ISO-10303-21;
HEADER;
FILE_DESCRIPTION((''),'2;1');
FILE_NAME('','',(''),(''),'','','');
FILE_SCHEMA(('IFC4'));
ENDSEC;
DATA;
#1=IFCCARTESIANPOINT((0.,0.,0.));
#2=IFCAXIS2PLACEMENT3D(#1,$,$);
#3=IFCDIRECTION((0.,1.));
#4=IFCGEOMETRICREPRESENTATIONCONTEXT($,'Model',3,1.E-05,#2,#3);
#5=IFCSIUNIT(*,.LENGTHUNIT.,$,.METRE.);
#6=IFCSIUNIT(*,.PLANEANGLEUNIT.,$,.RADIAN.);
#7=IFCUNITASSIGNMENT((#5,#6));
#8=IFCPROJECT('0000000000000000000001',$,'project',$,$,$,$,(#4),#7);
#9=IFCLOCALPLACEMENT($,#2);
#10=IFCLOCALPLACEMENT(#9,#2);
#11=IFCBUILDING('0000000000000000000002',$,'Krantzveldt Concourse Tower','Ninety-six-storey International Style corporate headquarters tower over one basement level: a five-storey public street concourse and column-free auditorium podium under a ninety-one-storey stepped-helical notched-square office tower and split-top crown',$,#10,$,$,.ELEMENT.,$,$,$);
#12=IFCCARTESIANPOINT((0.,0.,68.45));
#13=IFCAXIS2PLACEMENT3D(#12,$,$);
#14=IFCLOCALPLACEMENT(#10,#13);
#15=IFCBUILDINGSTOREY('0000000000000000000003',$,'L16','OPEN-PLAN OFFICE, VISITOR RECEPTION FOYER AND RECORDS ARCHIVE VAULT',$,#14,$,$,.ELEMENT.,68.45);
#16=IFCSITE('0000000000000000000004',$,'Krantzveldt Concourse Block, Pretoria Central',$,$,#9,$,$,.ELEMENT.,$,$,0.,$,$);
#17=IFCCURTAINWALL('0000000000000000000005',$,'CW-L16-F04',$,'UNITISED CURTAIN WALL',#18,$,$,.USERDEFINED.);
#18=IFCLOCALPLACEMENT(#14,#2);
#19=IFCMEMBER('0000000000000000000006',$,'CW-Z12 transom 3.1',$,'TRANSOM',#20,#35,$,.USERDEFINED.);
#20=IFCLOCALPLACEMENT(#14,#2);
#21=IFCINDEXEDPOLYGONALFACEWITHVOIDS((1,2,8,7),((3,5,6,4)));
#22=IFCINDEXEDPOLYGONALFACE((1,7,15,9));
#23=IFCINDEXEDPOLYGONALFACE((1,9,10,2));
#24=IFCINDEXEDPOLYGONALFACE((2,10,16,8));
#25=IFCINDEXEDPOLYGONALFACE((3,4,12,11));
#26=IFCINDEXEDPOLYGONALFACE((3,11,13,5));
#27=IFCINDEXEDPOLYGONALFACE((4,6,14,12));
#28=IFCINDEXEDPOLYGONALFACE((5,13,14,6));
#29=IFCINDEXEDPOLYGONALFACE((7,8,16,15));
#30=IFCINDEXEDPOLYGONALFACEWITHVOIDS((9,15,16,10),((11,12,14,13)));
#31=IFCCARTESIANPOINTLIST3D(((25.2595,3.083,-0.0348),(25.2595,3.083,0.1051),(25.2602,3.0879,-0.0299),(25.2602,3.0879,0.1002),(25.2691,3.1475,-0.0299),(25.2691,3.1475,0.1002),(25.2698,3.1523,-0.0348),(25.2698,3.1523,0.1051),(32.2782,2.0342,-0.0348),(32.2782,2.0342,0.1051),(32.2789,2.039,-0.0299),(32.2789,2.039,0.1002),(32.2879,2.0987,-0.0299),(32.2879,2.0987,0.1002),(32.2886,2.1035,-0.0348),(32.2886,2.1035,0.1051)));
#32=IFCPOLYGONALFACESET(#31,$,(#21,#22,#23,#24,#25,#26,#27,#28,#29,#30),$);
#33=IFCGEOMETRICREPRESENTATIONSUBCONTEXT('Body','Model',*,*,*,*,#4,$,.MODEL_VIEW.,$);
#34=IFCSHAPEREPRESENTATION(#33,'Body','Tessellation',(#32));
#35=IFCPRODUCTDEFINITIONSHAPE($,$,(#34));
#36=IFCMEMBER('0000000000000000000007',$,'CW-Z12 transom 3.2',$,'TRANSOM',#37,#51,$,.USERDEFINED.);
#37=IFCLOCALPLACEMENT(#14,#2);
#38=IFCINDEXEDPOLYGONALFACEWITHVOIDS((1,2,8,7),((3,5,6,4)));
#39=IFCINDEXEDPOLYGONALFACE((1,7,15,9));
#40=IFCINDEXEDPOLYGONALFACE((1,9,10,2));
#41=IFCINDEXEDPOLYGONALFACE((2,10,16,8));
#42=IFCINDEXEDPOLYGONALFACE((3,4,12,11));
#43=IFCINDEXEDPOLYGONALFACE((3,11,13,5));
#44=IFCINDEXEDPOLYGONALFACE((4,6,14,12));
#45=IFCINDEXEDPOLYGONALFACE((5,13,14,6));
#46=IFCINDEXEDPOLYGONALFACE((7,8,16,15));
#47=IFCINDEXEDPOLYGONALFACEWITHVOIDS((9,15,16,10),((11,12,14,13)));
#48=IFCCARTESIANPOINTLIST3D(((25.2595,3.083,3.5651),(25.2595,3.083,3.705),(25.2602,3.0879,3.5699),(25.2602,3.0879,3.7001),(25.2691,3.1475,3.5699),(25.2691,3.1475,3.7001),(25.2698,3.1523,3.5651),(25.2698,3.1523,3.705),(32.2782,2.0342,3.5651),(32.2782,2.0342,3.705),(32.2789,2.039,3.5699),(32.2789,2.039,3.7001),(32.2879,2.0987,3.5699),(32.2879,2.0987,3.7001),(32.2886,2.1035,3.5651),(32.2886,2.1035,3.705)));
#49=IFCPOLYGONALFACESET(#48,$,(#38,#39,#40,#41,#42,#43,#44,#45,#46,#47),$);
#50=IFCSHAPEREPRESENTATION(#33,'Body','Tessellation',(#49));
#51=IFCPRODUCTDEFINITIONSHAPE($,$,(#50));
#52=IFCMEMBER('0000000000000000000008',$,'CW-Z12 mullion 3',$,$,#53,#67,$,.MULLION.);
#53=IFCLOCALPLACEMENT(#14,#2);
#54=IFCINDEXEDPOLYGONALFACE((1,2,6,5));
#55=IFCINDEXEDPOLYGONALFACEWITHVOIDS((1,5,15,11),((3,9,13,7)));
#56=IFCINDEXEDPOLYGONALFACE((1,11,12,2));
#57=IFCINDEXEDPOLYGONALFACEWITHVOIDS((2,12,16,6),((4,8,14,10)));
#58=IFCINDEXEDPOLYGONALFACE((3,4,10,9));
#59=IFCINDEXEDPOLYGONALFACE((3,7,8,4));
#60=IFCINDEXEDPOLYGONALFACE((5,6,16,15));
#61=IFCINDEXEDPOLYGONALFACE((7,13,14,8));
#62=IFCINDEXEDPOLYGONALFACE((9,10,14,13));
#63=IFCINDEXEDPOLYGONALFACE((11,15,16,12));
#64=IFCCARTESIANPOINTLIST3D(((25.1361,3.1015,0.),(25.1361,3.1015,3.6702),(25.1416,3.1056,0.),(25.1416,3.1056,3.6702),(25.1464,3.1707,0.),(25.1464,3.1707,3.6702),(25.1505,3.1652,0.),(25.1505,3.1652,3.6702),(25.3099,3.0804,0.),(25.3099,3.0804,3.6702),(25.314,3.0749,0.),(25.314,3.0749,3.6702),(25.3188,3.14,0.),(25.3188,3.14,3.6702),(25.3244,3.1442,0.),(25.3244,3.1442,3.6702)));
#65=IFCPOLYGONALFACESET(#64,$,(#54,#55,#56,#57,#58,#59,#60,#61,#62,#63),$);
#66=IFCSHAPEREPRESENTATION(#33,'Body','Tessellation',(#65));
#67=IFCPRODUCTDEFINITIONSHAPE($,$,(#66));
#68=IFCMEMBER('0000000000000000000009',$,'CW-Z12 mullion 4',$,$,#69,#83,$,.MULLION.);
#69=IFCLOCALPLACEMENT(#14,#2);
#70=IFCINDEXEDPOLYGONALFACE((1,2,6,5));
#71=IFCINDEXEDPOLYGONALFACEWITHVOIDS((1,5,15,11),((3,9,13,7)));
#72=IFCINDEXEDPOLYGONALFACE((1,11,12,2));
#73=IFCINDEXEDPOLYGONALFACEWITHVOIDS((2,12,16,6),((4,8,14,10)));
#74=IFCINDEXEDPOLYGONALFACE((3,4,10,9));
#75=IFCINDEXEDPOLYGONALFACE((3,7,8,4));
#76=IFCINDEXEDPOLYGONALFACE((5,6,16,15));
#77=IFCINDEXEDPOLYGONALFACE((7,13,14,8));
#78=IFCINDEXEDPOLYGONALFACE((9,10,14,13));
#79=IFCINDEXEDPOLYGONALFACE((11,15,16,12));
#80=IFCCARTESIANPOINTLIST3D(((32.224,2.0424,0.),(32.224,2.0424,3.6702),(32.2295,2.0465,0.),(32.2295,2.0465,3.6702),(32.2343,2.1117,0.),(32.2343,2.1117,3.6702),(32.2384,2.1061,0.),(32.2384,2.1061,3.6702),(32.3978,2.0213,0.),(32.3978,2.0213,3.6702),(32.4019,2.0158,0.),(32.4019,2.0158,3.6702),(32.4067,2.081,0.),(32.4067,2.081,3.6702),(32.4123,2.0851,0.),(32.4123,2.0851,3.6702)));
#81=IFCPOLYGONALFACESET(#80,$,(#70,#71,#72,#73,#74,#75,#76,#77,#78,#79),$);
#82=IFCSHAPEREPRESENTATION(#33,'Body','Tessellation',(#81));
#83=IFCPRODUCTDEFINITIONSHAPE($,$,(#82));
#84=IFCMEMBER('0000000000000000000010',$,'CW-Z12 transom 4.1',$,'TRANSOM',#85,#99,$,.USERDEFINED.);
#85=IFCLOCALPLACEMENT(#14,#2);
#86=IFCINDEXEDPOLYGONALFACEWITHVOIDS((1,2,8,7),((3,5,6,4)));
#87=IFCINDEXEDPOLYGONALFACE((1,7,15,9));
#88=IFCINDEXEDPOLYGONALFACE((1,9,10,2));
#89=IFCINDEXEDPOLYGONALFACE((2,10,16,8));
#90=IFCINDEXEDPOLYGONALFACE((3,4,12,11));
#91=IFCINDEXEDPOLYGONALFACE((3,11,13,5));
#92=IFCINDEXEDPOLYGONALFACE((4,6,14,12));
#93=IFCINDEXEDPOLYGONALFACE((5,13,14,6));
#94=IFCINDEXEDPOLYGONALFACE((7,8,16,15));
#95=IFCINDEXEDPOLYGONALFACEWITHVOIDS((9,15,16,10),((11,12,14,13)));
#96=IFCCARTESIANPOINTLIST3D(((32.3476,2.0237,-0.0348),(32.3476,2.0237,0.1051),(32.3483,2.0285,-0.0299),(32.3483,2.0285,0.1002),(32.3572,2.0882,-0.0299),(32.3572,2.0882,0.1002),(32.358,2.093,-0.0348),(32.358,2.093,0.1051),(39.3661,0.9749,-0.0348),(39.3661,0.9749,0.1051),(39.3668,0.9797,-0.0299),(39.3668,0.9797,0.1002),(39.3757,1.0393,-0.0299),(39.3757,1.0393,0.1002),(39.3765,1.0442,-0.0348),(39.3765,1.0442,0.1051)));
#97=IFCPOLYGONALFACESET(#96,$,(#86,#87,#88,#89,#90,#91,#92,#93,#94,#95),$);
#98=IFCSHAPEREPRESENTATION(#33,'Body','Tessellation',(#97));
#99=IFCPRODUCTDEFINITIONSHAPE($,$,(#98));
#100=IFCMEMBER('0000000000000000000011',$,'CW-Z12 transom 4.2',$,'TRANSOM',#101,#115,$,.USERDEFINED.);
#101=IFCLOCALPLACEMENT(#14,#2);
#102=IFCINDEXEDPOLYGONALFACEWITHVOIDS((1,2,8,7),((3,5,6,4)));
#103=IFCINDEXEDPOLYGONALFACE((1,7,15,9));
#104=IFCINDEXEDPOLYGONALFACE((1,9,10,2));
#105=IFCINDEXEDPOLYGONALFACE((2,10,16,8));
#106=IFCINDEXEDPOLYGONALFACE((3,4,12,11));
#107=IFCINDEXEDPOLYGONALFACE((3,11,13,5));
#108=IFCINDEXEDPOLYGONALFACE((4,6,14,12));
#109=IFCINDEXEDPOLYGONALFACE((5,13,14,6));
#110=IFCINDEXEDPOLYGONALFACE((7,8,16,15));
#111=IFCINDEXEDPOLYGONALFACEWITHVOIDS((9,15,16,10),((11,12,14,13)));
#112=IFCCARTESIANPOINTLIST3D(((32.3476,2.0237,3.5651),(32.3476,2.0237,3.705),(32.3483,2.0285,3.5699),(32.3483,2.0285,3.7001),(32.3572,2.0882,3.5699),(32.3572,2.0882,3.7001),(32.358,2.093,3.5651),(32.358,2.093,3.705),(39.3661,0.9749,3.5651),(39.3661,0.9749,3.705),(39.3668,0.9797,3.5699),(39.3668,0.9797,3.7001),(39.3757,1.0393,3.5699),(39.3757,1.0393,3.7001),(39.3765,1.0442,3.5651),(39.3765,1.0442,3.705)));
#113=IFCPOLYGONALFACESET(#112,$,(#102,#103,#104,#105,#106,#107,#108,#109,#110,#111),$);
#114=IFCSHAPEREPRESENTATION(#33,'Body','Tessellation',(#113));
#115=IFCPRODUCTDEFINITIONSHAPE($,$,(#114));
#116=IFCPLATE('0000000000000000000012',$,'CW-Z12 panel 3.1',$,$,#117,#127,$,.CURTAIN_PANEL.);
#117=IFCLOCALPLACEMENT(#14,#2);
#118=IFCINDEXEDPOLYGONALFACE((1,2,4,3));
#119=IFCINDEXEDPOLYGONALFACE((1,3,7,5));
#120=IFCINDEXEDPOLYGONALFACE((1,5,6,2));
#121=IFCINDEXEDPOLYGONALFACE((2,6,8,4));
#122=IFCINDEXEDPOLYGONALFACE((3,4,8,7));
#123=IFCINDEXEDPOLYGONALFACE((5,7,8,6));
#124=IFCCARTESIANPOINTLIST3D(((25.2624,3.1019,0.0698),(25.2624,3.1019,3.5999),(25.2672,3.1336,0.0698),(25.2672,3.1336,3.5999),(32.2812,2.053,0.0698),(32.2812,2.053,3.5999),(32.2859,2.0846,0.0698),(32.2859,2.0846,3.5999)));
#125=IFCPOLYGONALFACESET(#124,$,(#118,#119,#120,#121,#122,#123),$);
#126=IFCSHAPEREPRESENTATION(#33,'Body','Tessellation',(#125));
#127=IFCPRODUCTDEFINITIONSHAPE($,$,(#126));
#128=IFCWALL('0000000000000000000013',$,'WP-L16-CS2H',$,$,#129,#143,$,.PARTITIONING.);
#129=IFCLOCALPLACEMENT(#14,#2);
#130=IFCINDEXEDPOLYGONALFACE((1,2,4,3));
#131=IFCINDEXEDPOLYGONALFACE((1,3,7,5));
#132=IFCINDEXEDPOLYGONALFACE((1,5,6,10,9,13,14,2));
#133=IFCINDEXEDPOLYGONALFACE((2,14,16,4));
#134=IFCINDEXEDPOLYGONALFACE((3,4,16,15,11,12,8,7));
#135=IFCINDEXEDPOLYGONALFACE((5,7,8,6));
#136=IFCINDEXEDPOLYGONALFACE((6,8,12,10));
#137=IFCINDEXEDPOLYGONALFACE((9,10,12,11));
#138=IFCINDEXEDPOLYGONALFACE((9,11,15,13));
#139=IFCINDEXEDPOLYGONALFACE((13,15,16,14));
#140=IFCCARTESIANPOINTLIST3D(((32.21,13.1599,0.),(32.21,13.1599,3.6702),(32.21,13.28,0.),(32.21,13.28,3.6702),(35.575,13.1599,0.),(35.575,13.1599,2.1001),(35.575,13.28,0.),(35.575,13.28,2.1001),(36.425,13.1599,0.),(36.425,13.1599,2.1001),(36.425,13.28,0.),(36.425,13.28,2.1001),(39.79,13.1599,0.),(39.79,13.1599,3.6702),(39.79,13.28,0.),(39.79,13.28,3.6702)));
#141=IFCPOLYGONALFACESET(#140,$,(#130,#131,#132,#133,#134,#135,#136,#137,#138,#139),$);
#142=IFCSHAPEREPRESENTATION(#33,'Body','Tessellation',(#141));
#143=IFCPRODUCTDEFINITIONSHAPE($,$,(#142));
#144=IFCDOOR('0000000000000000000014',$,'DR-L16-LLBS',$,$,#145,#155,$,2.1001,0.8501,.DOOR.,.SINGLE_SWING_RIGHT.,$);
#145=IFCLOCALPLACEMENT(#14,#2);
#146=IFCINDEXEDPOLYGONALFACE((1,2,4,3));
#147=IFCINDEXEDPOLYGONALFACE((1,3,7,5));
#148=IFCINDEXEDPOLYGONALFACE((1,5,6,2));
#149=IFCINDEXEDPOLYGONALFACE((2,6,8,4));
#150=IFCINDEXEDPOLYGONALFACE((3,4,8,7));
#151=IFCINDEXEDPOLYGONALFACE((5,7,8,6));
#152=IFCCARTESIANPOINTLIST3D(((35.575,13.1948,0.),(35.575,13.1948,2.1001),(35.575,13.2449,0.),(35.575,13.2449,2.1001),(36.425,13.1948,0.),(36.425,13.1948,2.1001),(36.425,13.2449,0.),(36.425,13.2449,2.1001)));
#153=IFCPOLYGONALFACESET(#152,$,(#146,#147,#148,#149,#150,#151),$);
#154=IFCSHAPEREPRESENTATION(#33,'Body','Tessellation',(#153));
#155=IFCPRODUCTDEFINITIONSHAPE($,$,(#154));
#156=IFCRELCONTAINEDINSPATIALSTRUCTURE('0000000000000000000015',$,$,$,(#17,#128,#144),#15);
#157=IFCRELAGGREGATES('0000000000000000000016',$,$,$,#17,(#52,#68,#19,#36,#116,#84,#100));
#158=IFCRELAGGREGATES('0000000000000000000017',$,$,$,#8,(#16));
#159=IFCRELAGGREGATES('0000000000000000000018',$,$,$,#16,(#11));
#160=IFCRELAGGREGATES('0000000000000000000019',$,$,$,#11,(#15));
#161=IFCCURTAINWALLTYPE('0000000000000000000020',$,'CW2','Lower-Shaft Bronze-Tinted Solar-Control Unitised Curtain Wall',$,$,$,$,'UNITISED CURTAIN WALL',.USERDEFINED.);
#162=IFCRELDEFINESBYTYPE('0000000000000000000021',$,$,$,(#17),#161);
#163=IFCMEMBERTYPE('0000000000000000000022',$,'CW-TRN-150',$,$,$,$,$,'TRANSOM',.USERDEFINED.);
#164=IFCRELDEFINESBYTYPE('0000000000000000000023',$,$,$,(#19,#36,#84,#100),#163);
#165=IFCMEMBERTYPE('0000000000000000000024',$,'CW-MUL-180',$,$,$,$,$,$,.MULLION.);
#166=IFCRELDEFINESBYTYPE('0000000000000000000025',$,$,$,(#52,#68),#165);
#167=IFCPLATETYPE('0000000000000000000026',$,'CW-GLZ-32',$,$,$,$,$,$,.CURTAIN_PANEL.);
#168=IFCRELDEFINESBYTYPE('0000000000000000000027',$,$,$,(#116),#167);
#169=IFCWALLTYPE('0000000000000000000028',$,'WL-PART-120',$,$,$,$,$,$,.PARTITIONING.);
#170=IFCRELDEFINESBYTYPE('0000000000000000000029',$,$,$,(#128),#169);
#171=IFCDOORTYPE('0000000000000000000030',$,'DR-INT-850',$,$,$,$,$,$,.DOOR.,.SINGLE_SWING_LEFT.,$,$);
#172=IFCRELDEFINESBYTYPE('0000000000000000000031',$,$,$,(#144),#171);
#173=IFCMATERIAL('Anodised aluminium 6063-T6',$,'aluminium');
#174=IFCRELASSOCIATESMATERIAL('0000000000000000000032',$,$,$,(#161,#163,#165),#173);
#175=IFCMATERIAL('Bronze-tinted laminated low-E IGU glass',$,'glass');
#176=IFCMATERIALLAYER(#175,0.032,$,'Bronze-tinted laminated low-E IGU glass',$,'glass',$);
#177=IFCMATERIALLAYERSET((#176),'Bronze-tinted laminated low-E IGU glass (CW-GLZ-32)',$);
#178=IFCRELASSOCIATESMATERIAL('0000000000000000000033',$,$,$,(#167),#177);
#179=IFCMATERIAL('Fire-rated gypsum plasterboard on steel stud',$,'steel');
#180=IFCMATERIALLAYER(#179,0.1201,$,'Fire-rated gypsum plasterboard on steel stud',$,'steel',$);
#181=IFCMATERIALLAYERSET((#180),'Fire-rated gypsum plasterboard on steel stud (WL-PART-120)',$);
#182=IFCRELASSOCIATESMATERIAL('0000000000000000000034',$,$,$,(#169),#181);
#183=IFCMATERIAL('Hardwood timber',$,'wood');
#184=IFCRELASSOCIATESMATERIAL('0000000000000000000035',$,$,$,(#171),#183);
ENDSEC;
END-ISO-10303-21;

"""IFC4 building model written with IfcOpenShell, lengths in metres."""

from ifc_helpers import new_model, si_unit, direction, frame, frame_2d, origin, origin_2d, place, context, subcontext, project, spatial, rectangle, hollow_rectangle, extrude, source, transform, mapped, material, layer, layer_set, material_profile, profile_set, type_object, type_shapes, element, fill, aggregate, save


model = new_model("IFC4")

# Units and contexts
model_context = context("Model", 3, precision=1e-05, world=origin(), true_north=direction((0.0, 1.0)))
body_context = subcontext(model_context, "Body", "Model", "MODEL_VIEW")
ifc_project = project(units=[si_unit("LENGTHUNIT", "METRE"), si_unit("PLANEANGLEUNIT", "RADIAN")], contexts=[model_context])

# Site, building, storey
site_placement = place(None, origin())
site = spatial("IfcSite", under=ifc_project, at=site_placement, Name="Krantzveldt Concourse Block, Pretoria Central", CompositionType="ELEMENT", RefElevation=0.0)
building_placement = place(site_placement, origin())
building = spatial("IfcBuilding", under=site, at=building_placement, Name="Krantzveldt Concourse Tower", Description="Ninety-six-storey International Style corporate headquarters tower over one basement level: a five-storey public street concourse and column-free auditorium podium under a ninety-one-storey stepped-helical notched-square office tower and split-top crown", CompositionType="ELEMENT")
storey_placement = place(building_placement, frame((0.0, 0.0, 68.45)))
storey = spatial("IfcBuildingStorey", under=building, at=storey_placement, Name="L16", Description="OPEN-PLAN OFFICE, VISITOR RECEPTION FOYER AND RECORDS ARCHIVE VAULT", CompositionType="ELEMENT", Elevation=68.45)

# Curtain wall, members, plate
ifc_material_1 = material(Name="Anodised aluminium 6063-T6", Category="aluminium")
curtain_wall_type = type_object("IfcCurtainWallType", Name="CW2", Description="Lower-Shaft Bronze-Tinted Solar-Control Unitised Curtain Wall", ElementType="UNITISED CURTAIN WALL", PredefinedType="USERDEFINED", material=ifc_material_1)
curtain_wall_placement = place(storey_placement, origin())
curtain_wall = element("IfcCurtainWall", 1, at=curtain_wall_placement, inside=storey, type_object=curtain_wall_type, Name="CW-L16-F04", ObjectType="UNITISED CURTAIN WALL", PredefinedType="USERDEFINED")
ifc_material_profile_1 = material_profile(ifc_material_1, hollow_rectangle(XDim=0.0701, YDim=0.1399, WallThickness=0.0049, at=origin_2d()), Name="Anodised aluminium 6063-T6", Category="aluminium")
ifc_profile_set_1 = profile_set([ifc_material_profile_1], Name="Anodised aluminium 6063-T6 - ALU-TRAN 140x70x5")
member_type_1 = type_object("IfcMemberType", Name="CW-TRN-150", ElementType="TRANSOM", PredefinedType="USERDEFINED", material=ifc_profile_set_1)
shared_shape_1 = source(origin(), body_context, "Body", "SweptSolid", [
    extrude(hollow_rectangle(XDim=0.0701, YDim=0.1399, WallThickness=0.0049, at=origin_2d()), origin(), (0.0, 0.0, 1.0), 7.0967),
])
member_1_placement = place(storey_placement, frame((25.2646, 3.1177, 0.0352), z_axis=(0.989019, -0.14779, 0.0), x_axis=(0.14779, 0.989019, 0.0)))
member_1 = element("IfcMember", 2, at=member_1_placement, type_object=member_type_1, Name="CW-Z12 transom 3.1", ObjectType="TRANSOM", PredefinedType="USERDEFINED", context=body_context, shape_type="MappedRepresentation", body=[
    mapped(shared_shape_1, transform((0.0, 0.0, 0.0), x_axis=(1.0, 0.0, 0.0), y_axis=(0.0, 1.0, 0.0), z_axis=(0.0, 0.0, 1.0), scale=1.0)),
])
member_2_placement = place(storey_placement, frame((25.2646, 3.1177, 3.635), z_axis=(0.989019, -0.14779, 0.0), x_axis=(0.14779, 0.989019, 0.0)))
member_2 = element("IfcMember", 3, at=member_2_placement, type_object=member_type_1, Name="CW-Z12 transom 3.2", ObjectType="TRANSOM", PredefinedType="USERDEFINED", context=body_context, shape_type="MappedRepresentation", body=[
    mapped(shared_shape_1, transform((0.0, 0.0, 0.0), x_axis=(1.0, 0.0, 0.0), y_axis=(0.0, 1.0, 0.0), z_axis=(0.0, 0.0, 1.0), scale=1.0)),
])
ifc_material_profile_2 = material_profile(ifc_material_1, hollow_rectangle(XDim=0.0701, YDim=0.1799, WallThickness=0.0049, at=origin_2d()), Name="Anodised aluminium 6063-T6", Category="aluminium")
ifc_profile_set_2 = profile_set([ifc_material_profile_2], Name="Anodised aluminium 6063-T6 - ALU-MULL 180x70x5")
member_type_2 = type_object("IfcMemberType", Name="CW-MUL-180", PredefinedType="MULLION", material=ifc_profile_set_2)
shared_shape_2 = source(origin(), body_context, "Body", "SweptSolid", [
    extrude(hollow_rectangle(XDim=0.0701, YDim=0.1799, WallThickness=0.0049, at=origin_2d()), origin(), (0.0, 0.0, 1.0), 3.6702),
])
type_shapes(member_type_2, [shared_shape_2])
member_3_placement = place(storey_placement, frame((25.2302, 3.1228, 0.0), z_axis=(0.0, 0.0, 1.0), x_axis=(0.14781, 0.989016, 0.0)))
member_3 = element("IfcMember", 4, at=member_3_placement, type_object=member_type_2, Name="CW-Z12 mullion 3", PredefinedType="MULLION", context=body_context, shape_type="MappedRepresentation", body=[
    mapped(shared_shape_2, transform((0.0, 0.0, 0.0), x_axis=(1.0, 0.0, 0.0), y_axis=(0.0, 1.0, 0.0), z_axis=(0.0, 0.0, 1.0), scale=1.0)),
])
member_4_placement = place(storey_placement, frame((32.3181, 2.0637, 0.0), z_axis=(0.0, 0.0, 1.0), x_axis=(0.14781, 0.989016, 0.0)))
member_4 = element("IfcMember", 5, at=member_4_placement, type_object=member_type_2, Name="CW-Z12 mullion 4", PredefinedType="MULLION", context=body_context, shape_type="MappedRepresentation", body=[
    mapped(shared_shape_2, transform((0.0, 0.0, 0.0), x_axis=(1.0, 0.0, 0.0), y_axis=(0.0, 1.0, 0.0), z_axis=(0.0, 0.0, 1.0), scale=1.0)),
])
shared_shape_3 = source(origin(), body_context, "Body", "SweptSolid", [
    extrude(hollow_rectangle(XDim=0.0701, YDim=0.1399, WallThickness=0.0049, at=origin_2d()), origin(), (0.0, 0.0, 1.0), 7.0964),
])
type_shapes(member_type_1, [shared_shape_1, shared_shape_3])
member_5_placement = place(storey_placement, frame((32.3528, 2.0583, 0.0352), z_axis=(0.989018, -0.147795, 0.0), x_axis=(0.147795, 0.989018, 0.0)))
member_5 = element("IfcMember", 6, at=member_5_placement, type_object=member_type_1, Name="CW-Z12 transom 4.1", ObjectType="TRANSOM", PredefinedType="USERDEFINED", context=body_context, shape_type="MappedRepresentation", body=[
    mapped(shared_shape_3, transform((0.0, 0.0, 0.0), x_axis=(1.0, 0.0, 0.0), y_axis=(0.0, 1.0, 0.0), z_axis=(0.0, 0.0, 1.0), scale=1.0)),
])
member_6_placement = place(storey_placement, frame((32.3528, 2.0583, 3.635), z_axis=(0.989018, -0.147795, 0.0), x_axis=(0.147795, 0.989018, 0.0)))
member_6 = element("IfcMember", 7, at=member_6_placement, type_object=member_type_1, Name="CW-Z12 transom 4.2", ObjectType="TRANSOM", PredefinedType="USERDEFINED", context=body_context, shape_type="MappedRepresentation", body=[
    mapped(shared_shape_3, transform((0.0, 0.0, 0.0), x_axis=(1.0, 0.0, 0.0), y_axis=(0.0, 1.0, 0.0), z_axis=(0.0, 0.0, 1.0), scale=1.0)),
])
ifc_material_2 = material(Name="Bronze-tinted laminated low-E IGU glass", Category="glass")
ifc_layer_1 = layer(ifc_material_2, 0.032, Name="Bronze-tinted laminated low-E IGU glass", Category="glass")
ifc_layer_set_1 = layer_set([ifc_layer_1], Name="Bronze-tinted laminated low-E IGU glass (CW-GLZ-32)")
plate_type = type_object("IfcPlateType", Name="CW-GLZ-32", PredefinedType="CURTAIN_PANEL", material=ifc_layer_set_1)
shared_shape_4 = source(origin(), body_context, "Body", "SweptSolid", [
    extrude(rectangle(XDim=7.0967, YDim=0.032, at=origin_2d()), origin(), (0.0, 0.0, 1.0), 3.53),
])
type_shapes(plate_type, [shared_shape_4])
plate_placement = place(storey_placement, frame((28.7742, 2.5933, 0.0698), z_axis=(0.0, 0.0, 1.0), x_axis=(0.989016, -0.14781, 0.0)))
plate = element("IfcPlate", 8, at=plate_placement, type_object=plate_type, Name="CW-Z12 panel 3.1", PredefinedType="CURTAIN_PANEL", context=body_context, shape_type="MappedRepresentation", body=[
    mapped(shared_shape_4, transform((0.0, 0.0, 0.0), x_axis=(1.0, 0.0, 0.0), y_axis=(0.0, 1.0, 0.0), z_axis=(0.0, 0.0, 1.0), scale=1.0)),
])
aggregate(curtain_wall, [member_3, member_4, member_1, member_2, plate, member_5, member_6])

# Wall, opening, door
ifc_material_3 = material(Name="Fire-rated gypsum plasterboard on steel stud", Category="steel")
ifc_layer_2 = layer(ifc_material_3, 0.1201, Name="Fire-rated gypsum plasterboard on steel stud", Category="steel")
ifc_layer_set_2 = layer_set([ifc_layer_2], Name="Fire-rated gypsum plasterboard on steel stud (WL-PART-120)")
wall_type_1 = type_object("IfcWallType", Name="WL-PART-120", PredefinedType="PARTITIONING", material=ifc_layer_set_2)
wall_1_placement = place(storey_placement, frame((32.21, 13.22, 0.0), z_axis=(0.0, 0.0, 1.0), x_axis=(1.0, 0.0, 0.0)))
wall_1 = element("IfcWall", 9, at=wall_1_placement, inside=storey, type_object=wall_type_1, Name="WP-L16-CS2H", PredefinedType="PARTITIONING", context=body_context, shape_type="SweptSolid", body=[
    extrude(rectangle(XDim=7.5801, YDim=0.1201, at=frame_2d((3.79, 0.0))), origin(), (0.0, 0.0, 1.0), 3.6702),
])
opening_1_placement = place(wall_1_placement, frame((3.365, 0.0, 0.0)))
opening_1 = element("IfcOpeningElement", 10, at=opening_1_placement, cuts=wall_1, PredefinedType="OPENING", context=body_context, shape_type="SweptSolid", body=[
    extrude(rectangle(XDim=0.8501, YDim=2.1001, at=frame_2d((0.425, 1.05))), frame((0.0, 0.0701, 0.0), z_axis=(0.0, -1.0, 0.0), x_axis=(1.0, 0.0, 0.0)), (0.0, 0.0, 1.0), 0.1401),
])
ifc_material_4 = material(Name="Hardwood timber", Category="wood")
door_type_1 = type_object("IfcDoorType", Name="DR-INT-850", OperationType="SINGLE_SWING_LEFT", PredefinedType="DOOR", material=ifc_material_4)
door_1_placement = place(opening_1_placement, origin())
door_1 = element("IfcDoor", 11, at=door_1_placement, inside=storey, type_object=door_type_1, Name="DR-L16-LLBS", OperationType="SINGLE_SWING_RIGHT", OverallHeight=2.1001, OverallWidth=0.8501, PredefinedType="DOOR", context=body_context, shape_type="SweptSolid", body=[
    extrude(rectangle(XDim=0.8501, YDim=2.1001, at=frame_2d((0.425, 1.05))), frame((0.0, 0.0249, 0.0), z_axis=(0.0, -1.0, 0.0), x_axis=(1.0, 0.0, 0.0)), (0.0, 0.0, 1.0), 0.05),
])
fill(opening_1, door_1)

save(model, "model.ifc")
